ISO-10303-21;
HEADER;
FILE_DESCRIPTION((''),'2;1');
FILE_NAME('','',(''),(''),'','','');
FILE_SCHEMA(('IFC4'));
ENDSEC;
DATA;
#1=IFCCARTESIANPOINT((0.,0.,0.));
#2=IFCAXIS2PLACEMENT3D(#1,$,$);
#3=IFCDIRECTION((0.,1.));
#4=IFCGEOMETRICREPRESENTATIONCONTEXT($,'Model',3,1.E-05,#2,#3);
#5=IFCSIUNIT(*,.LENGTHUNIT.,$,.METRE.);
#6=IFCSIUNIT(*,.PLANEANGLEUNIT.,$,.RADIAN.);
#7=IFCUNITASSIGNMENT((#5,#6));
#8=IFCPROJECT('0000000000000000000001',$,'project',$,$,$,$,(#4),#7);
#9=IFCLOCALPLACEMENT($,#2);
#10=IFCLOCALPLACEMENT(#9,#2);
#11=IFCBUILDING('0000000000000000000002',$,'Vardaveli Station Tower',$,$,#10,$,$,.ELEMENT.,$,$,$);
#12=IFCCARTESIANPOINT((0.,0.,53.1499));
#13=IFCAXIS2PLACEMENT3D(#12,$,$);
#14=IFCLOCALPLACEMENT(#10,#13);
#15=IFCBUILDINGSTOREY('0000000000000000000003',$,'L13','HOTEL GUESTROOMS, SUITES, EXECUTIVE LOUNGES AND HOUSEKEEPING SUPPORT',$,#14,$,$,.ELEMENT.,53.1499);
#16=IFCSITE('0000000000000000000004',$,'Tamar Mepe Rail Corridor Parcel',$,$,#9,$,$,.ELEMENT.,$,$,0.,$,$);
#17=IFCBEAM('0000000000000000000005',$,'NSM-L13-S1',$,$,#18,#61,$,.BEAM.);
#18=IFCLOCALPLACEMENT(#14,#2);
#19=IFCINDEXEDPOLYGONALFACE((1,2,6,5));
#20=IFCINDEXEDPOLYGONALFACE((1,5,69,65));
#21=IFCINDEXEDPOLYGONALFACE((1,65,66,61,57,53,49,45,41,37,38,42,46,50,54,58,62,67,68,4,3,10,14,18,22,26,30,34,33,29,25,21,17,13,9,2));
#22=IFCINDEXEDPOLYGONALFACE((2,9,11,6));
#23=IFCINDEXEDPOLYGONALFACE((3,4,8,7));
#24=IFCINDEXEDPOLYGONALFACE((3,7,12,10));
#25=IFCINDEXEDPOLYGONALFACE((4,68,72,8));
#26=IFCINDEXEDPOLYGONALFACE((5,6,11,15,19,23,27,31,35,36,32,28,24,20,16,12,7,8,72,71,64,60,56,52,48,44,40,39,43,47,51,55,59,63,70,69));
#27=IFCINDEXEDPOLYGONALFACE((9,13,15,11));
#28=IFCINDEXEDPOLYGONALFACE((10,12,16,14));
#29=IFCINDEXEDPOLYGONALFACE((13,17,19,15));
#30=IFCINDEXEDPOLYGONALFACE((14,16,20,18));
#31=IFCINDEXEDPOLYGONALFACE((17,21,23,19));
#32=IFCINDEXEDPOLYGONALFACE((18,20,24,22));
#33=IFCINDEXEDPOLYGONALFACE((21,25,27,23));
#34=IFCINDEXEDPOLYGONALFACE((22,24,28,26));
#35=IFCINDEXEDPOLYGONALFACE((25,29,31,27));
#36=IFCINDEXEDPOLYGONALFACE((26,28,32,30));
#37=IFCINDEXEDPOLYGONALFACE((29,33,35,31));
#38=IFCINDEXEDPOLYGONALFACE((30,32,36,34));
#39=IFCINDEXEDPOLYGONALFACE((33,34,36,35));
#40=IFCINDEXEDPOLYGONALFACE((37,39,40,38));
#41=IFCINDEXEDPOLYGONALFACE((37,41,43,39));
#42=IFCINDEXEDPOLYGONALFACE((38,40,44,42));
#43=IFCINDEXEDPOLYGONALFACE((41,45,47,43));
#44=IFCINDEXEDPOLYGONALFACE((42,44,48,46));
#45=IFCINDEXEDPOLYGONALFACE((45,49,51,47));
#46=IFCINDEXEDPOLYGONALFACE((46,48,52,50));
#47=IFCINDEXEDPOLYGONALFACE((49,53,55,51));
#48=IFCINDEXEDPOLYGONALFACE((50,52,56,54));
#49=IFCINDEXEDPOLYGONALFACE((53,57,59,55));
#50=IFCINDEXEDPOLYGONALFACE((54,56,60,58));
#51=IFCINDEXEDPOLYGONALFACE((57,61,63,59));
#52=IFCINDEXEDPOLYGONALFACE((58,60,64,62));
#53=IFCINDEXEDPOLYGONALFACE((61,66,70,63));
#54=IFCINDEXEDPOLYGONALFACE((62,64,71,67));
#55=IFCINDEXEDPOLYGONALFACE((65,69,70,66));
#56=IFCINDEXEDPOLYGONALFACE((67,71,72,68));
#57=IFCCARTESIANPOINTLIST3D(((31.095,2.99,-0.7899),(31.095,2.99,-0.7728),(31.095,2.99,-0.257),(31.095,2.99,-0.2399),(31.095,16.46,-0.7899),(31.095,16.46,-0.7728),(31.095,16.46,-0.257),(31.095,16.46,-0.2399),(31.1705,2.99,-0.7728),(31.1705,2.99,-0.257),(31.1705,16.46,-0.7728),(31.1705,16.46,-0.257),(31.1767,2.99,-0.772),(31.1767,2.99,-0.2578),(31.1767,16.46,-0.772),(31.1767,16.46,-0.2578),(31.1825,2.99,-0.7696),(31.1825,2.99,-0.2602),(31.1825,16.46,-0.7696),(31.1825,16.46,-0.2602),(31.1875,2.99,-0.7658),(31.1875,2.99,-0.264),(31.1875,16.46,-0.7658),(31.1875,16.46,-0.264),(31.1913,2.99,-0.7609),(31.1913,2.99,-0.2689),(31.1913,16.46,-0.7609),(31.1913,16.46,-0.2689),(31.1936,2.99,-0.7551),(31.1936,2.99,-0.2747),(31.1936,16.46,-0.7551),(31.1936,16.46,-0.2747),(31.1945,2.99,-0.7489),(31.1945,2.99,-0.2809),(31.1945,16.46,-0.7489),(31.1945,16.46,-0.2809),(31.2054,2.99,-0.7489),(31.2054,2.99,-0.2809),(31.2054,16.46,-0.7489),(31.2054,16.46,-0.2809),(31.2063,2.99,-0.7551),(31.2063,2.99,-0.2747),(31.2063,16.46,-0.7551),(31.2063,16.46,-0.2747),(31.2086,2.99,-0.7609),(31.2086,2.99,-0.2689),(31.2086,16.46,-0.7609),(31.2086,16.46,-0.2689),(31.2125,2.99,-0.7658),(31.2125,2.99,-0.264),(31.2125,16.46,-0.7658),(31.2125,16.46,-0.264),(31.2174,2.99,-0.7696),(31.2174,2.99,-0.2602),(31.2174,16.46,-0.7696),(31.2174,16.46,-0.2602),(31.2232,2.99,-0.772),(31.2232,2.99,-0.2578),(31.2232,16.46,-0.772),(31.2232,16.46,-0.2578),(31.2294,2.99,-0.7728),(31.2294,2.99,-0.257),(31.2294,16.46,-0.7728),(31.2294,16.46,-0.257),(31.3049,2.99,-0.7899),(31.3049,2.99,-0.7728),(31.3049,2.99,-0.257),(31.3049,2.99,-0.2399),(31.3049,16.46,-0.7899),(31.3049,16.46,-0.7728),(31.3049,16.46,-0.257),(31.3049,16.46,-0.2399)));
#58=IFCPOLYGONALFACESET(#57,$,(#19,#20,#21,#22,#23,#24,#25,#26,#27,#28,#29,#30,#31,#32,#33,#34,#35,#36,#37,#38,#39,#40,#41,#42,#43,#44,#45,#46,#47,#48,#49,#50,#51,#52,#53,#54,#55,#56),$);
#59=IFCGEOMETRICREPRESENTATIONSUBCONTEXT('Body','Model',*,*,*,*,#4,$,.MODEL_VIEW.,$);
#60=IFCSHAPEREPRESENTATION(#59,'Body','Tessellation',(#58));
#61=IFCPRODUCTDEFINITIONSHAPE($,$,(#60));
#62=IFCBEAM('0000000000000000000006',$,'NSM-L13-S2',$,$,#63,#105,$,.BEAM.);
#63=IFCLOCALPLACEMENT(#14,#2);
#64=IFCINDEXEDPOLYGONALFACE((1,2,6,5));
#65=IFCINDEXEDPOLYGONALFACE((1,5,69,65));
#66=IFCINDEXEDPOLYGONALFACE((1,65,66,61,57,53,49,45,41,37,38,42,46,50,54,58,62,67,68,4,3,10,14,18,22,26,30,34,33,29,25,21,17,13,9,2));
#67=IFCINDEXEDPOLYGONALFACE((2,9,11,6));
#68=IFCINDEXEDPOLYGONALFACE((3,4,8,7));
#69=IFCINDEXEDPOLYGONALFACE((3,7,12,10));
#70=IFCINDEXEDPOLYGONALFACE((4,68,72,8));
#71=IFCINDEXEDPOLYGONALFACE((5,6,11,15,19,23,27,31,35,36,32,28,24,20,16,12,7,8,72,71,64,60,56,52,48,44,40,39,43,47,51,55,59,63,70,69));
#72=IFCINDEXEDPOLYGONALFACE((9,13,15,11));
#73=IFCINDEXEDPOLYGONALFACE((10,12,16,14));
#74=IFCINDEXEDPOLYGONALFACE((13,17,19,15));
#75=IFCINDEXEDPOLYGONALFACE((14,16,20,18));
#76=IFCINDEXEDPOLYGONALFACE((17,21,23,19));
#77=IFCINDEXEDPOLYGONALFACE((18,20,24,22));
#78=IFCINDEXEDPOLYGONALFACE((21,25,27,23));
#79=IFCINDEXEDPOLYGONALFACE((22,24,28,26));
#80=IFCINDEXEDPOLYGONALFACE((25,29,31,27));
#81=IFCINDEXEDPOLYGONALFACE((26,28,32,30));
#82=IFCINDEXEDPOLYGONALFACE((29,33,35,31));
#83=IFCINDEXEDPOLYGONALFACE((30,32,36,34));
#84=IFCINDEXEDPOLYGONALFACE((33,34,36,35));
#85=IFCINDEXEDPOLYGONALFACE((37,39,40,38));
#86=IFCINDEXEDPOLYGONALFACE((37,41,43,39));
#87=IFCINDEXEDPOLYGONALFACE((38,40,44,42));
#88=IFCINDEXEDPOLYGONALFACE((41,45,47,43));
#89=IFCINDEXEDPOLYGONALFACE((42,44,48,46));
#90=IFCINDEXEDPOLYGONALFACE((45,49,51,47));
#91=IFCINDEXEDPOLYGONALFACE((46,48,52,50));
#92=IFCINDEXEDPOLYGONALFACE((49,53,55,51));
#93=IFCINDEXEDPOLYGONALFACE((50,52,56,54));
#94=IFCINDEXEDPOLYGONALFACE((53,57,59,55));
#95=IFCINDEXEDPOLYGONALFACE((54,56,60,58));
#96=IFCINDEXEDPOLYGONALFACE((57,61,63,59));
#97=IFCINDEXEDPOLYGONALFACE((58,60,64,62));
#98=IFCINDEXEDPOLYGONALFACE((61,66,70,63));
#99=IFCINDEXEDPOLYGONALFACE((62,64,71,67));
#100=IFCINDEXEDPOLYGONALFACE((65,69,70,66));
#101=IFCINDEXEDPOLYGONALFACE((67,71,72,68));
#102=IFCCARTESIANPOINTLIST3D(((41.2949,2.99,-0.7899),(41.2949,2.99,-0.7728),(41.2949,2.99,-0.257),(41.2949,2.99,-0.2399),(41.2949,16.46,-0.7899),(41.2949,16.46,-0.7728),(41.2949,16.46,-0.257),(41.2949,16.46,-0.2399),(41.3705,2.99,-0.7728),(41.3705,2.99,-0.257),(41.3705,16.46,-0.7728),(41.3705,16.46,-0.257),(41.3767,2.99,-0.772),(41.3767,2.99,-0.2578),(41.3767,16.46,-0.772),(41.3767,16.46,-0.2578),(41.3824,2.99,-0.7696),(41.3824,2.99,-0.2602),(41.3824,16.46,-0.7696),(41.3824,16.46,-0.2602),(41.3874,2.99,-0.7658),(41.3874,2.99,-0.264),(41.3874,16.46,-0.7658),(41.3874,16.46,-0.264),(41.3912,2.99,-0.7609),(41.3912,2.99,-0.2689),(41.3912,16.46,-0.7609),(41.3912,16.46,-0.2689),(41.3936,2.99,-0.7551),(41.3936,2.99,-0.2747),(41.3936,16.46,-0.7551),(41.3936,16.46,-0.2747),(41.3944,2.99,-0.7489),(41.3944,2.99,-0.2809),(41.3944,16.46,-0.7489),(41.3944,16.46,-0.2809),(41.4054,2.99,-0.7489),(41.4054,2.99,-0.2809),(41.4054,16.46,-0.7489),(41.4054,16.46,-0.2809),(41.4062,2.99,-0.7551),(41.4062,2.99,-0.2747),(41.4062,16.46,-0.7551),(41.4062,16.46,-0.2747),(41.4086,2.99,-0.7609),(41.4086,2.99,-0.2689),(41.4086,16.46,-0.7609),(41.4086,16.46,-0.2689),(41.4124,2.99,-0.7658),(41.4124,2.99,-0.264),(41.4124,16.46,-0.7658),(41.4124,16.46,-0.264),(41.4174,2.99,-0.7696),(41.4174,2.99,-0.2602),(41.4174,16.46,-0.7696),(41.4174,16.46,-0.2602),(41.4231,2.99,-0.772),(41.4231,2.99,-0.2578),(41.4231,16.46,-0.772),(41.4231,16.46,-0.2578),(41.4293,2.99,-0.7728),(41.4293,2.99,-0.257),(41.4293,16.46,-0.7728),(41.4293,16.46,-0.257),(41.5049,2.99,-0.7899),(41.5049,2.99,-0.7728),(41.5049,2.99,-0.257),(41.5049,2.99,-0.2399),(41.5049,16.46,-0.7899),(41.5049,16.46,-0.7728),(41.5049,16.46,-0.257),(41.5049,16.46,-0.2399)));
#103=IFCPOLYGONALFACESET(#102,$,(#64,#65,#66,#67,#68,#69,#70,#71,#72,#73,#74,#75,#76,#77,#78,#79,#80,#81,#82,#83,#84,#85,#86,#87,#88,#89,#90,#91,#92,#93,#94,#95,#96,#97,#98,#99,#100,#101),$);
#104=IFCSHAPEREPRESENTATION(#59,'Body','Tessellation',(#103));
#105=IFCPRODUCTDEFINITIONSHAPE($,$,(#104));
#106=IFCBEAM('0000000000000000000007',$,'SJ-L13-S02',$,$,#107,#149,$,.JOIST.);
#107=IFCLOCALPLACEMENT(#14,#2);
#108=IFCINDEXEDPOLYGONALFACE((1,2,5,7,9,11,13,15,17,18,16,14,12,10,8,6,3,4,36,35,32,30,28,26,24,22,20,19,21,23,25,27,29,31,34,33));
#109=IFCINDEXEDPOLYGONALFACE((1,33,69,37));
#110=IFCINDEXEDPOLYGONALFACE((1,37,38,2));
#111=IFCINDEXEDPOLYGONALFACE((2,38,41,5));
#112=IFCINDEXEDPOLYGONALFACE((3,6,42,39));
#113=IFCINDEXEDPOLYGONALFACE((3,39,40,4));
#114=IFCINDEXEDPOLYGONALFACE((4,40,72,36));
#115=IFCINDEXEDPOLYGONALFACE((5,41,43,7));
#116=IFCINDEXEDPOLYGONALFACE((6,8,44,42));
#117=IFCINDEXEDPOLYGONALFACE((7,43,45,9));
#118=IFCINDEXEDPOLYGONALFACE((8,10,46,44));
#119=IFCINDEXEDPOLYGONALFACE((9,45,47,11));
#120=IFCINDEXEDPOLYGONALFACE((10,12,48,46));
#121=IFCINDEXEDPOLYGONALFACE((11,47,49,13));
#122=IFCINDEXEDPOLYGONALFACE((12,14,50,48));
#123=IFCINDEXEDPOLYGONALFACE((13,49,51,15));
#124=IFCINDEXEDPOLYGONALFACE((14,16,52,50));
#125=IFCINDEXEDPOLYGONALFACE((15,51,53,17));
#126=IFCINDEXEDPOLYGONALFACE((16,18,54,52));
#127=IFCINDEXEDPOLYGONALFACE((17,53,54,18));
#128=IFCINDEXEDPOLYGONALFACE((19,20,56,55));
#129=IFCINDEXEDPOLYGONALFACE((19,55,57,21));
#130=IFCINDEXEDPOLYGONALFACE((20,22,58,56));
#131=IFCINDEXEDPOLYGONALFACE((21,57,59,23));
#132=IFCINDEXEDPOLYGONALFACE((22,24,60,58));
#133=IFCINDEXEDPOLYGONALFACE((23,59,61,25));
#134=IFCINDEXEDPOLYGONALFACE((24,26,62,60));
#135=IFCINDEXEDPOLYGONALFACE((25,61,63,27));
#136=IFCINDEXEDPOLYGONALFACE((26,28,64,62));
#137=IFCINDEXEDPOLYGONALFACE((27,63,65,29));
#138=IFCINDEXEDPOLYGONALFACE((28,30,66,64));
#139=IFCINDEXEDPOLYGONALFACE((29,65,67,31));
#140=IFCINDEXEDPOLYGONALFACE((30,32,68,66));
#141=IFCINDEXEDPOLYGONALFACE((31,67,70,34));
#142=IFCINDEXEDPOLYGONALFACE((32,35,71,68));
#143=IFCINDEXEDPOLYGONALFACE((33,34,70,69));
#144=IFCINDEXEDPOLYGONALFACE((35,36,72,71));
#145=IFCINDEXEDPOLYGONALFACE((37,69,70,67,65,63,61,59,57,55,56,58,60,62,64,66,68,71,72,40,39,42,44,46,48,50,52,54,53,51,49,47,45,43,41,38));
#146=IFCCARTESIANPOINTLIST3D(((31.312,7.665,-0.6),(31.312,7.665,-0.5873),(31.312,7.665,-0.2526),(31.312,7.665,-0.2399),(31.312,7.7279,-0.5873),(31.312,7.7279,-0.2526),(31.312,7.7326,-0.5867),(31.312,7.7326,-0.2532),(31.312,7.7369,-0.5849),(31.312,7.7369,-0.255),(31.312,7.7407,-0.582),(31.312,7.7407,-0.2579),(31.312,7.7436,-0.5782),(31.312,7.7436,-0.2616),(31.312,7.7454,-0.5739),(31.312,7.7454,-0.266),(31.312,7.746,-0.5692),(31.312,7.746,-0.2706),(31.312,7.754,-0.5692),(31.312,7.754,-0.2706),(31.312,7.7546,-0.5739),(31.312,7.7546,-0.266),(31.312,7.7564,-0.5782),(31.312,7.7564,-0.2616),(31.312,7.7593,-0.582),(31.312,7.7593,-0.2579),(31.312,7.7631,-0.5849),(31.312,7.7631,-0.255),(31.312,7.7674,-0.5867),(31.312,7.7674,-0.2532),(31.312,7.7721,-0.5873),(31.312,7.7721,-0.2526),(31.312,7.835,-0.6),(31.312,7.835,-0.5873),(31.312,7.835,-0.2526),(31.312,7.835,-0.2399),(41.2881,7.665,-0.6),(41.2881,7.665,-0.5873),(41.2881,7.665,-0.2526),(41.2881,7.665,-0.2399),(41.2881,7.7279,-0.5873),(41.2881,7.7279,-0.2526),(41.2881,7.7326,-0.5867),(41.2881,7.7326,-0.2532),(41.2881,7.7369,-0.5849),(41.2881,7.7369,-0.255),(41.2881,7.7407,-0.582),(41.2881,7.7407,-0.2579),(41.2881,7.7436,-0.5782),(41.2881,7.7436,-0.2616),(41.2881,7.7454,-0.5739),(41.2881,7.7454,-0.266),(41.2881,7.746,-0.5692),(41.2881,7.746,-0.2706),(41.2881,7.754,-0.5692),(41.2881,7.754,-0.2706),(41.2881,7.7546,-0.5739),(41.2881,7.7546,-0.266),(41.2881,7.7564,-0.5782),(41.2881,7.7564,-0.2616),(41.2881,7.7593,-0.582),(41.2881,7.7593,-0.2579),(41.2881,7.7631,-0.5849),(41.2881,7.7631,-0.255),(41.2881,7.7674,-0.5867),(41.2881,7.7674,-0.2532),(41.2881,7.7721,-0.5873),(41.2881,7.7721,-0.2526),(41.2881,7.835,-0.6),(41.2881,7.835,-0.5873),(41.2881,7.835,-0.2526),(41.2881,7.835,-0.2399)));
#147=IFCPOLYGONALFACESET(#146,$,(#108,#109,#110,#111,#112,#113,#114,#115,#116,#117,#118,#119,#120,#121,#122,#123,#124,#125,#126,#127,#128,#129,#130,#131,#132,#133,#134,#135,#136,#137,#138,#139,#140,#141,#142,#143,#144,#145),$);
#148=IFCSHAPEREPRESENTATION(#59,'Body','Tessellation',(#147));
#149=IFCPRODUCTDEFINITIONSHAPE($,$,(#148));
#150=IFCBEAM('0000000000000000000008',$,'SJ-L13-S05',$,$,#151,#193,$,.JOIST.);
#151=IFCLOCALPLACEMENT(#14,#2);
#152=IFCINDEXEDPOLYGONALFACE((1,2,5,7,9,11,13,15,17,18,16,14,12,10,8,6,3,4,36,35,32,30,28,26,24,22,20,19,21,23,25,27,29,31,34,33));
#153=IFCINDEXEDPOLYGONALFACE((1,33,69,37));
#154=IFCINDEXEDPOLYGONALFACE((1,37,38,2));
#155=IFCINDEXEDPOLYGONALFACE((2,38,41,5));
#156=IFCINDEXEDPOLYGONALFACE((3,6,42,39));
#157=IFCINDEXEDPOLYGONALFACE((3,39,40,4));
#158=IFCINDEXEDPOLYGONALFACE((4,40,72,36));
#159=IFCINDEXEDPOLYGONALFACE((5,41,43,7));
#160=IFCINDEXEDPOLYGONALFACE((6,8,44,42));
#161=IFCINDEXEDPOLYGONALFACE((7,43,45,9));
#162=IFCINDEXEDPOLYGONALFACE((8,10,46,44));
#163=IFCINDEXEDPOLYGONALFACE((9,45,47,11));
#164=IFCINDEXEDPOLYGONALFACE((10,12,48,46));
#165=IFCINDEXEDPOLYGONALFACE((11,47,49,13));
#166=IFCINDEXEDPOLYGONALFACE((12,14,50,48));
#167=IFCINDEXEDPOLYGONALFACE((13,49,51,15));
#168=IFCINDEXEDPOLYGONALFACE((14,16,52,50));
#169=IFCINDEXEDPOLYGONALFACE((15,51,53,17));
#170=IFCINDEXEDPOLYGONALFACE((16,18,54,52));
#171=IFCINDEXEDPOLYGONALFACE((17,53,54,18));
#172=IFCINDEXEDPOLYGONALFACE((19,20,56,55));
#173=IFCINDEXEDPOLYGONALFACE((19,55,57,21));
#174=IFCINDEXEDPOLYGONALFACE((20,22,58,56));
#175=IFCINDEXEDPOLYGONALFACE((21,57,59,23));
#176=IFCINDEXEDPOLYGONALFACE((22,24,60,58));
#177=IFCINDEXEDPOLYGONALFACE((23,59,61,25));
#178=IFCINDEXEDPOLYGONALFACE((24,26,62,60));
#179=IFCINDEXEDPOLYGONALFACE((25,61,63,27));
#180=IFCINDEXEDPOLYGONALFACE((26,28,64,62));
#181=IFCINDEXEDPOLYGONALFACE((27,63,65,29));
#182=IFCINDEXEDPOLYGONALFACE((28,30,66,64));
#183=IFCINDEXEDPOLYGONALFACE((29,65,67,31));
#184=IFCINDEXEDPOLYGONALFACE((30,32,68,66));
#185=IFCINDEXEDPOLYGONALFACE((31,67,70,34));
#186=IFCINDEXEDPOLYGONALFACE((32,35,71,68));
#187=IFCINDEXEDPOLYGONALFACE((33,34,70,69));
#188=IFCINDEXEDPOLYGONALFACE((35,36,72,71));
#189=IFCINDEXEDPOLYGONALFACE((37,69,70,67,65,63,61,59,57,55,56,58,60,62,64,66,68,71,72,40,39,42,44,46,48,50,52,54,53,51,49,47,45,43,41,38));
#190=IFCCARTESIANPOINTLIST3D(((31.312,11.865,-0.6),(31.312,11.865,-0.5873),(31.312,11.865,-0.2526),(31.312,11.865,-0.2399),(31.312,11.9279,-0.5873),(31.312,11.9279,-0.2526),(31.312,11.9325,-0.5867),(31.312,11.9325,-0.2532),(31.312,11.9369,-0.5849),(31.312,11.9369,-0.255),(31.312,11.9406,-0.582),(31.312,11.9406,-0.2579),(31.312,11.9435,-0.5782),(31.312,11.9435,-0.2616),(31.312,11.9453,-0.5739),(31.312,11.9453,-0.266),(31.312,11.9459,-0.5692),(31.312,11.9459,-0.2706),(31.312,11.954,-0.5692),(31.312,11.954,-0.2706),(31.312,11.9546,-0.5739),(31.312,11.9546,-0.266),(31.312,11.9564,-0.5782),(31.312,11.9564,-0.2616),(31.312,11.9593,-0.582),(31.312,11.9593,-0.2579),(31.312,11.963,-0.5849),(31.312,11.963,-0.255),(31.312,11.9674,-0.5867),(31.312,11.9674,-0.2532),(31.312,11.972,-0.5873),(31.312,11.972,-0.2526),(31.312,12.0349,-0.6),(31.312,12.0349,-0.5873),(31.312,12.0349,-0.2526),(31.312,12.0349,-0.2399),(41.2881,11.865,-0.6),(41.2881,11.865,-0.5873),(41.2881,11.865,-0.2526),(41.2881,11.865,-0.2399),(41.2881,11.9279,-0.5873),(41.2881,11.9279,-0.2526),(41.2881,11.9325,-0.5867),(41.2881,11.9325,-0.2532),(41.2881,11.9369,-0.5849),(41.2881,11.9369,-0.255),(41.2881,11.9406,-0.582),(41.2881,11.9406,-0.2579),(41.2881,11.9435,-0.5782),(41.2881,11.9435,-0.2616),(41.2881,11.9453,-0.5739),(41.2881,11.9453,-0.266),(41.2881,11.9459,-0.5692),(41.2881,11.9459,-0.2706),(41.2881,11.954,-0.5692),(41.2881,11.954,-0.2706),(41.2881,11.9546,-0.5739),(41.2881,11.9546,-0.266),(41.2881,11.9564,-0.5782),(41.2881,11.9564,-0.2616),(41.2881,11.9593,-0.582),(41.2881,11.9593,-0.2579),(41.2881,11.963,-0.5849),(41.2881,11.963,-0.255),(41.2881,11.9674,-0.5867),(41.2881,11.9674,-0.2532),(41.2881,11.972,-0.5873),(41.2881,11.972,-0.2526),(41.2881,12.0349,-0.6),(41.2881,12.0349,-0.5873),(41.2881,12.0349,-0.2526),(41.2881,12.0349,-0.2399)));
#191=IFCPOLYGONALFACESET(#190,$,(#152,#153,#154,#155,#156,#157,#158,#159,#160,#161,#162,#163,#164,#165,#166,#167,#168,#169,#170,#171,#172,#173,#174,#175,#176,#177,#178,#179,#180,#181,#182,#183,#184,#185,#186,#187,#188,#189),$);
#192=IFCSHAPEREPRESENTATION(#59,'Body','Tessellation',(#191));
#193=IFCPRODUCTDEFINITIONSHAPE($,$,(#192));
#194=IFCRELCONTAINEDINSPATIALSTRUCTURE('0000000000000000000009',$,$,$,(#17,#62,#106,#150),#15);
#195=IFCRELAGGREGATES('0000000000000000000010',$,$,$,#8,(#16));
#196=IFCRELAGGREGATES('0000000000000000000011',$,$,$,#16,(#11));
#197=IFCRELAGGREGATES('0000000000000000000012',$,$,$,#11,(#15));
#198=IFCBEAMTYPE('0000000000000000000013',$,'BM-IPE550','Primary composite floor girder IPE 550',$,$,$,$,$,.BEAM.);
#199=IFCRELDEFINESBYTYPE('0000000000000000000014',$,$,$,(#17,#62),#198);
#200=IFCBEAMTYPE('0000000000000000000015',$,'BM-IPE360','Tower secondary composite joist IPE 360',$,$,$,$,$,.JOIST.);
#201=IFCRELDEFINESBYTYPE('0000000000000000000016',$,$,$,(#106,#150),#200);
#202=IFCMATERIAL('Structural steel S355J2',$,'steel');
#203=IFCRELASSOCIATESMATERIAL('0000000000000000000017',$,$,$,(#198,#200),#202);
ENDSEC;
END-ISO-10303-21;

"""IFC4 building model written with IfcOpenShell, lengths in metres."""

from ifc_helpers import new_model, si_unit, direction, frame, origin, origin_2d, place, context, subcontext, project, spatial, i_section, extrude, source, transform, mapped, material, material_profile, profile_set, type_object, element, save


model = new_model("IFC4")

# Units and contexts
model_context = context("Model", 3, precision=1e-05, world=origin(), true_north=direction((0.0, 1.0)))
body_context = subcontext(model_context, "Body", "Model", "MODEL_VIEW")
ifc_project = project(units=[si_unit("LENGTHUNIT", "METRE"), si_unit("PLANEANGLEUNIT", "RADIAN")], contexts=[model_context])

# Site, building, storey
site_placement = place(None, origin())
site = spatial("IfcSite", under=ifc_project, at=site_placement, Name="Tamar Mepe Rail Corridor Parcel", CompositionType="ELEMENT", RefElevation=0.0)
building_placement = place(site_placement, origin())
building = spatial("IfcBuilding", under=site, at=building_placement, Name="Vardaveli Station Tower", CompositionType="ELEMENT")
storey_placement = place(building_placement, frame((0.0, 0.0, 53.1499)))
storey = spatial("IfcBuildingStorey", under=building, at=storey_placement, Name="L13", Description="HOTEL GUESTROOMS, SUITES, EXECUTIVE LOUNGES AND HOUSEKEEPING SUPPORT", CompositionType="ELEMENT", Elevation=53.1499)

# Beams
ifc_material_1 = material(Name="Structural steel S355J2", Category="steel")
ifc_material_profile_1 = material_profile(ifc_material_1, i_section(OverallWidth=0.21, OverallDepth=0.55, WebThickness=0.011, FlangeThickness=0.0171, FilletRadius=0.0239, at=origin_2d()), Name="IPE 550")
ifc_profile_set_1 = profile_set([ifc_material_profile_1], Name="Structural steel S355J2")
beam_type_1 = type_object("IfcBeamType", Name="BM-IPE550", Description="Primary composite floor girder IPE 550", PredefinedType="BEAM", material=ifc_profile_set_1)
shared_shape_1 = source(origin(), body_context, "Body", "SweptSolid", [
    extrude(i_section(OverallWidth=0.21, OverallDepth=0.55, WebThickness=0.011, FlangeThickness=0.0171, FilletRadius=0.0239, at=origin_2d()), origin(), (0.0, 0.0, 1.0), 13.47),
])
for number, where, z_axis, x_axis, name in (
    (1, (31.2, 2.99, -0.5149), (0.0, 1.0, 0.0), (-1.0, 0.0, 0.0), "NSM-L13-S1"),
    (2, (41.3999, 2.99, -0.5149), (0.0, 1.0, 0.0), (-1.0, 0.0, 0.0), "NSM-L13-S2"),
):
    element("IfcBeam", number, at=place(storey_placement, frame(where, z_axis=z_axis, x_axis=x_axis)), inside=storey, type_object=beam_type_1, Name=name, PredefinedType="BEAM", context=body_context, shape_type="MappedRepresentation", body=[
        mapped(shared_shape_1, transform((0.0, 0.0, 0.0), scale=1.0)),
    ])
ifc_material_profile_2 = material_profile(ifc_material_1, i_section(OverallWidth=0.1699, OverallDepth=0.3601, WebThickness=0.0081, FlangeThickness=0.0127, FilletRadius=0.0181, at=origin_2d()), Name="IPE 360")
ifc_profile_set_2 = profile_set([ifc_material_profile_2], Name="Structural steel S355J2")
beam_type_2 = type_object("IfcBeamType", Name="BM-IPE360", Description="Tower secondary composite joist IPE 360", PredefinedType="JOIST", material=ifc_profile_set_2)
shared_shape_2 = source(origin(), body_context, "Body", "SweptSolid", [
    extrude(i_section(OverallWidth=0.1699, OverallDepth=0.3601, WebThickness=0.0081, FlangeThickness=0.0127, FilletRadius=0.0181, at=origin_2d()), origin(), (0.0, 0.0, 1.0), 9.9761),
])
for number, where, z_axis, x_axis, name in (
    (3, (31.312, 7.75, -0.4199), (1.0, 0.0, 0.0), (0.0, 1.0, 0.0), "SJ-L13-S02"),
    (4, (31.312, 11.95, -0.4199), (1.0, 0.0, 0.0), (0.0, 1.0, 0.0), "SJ-L13-S05"),
):
    element("IfcBeam", number, at=place(storey_placement, frame(where, z_axis=z_axis, x_axis=x_axis)), inside=storey, type_object=beam_type_2, Name=name, PredefinedType="JOIST", context=body_context, shape_type="MappedRepresentation", body=[
        mapped(shared_shape_2, transform((0.0, 0.0, 0.0), scale=1.0)),
    ])

save(model, "model.ifc")
